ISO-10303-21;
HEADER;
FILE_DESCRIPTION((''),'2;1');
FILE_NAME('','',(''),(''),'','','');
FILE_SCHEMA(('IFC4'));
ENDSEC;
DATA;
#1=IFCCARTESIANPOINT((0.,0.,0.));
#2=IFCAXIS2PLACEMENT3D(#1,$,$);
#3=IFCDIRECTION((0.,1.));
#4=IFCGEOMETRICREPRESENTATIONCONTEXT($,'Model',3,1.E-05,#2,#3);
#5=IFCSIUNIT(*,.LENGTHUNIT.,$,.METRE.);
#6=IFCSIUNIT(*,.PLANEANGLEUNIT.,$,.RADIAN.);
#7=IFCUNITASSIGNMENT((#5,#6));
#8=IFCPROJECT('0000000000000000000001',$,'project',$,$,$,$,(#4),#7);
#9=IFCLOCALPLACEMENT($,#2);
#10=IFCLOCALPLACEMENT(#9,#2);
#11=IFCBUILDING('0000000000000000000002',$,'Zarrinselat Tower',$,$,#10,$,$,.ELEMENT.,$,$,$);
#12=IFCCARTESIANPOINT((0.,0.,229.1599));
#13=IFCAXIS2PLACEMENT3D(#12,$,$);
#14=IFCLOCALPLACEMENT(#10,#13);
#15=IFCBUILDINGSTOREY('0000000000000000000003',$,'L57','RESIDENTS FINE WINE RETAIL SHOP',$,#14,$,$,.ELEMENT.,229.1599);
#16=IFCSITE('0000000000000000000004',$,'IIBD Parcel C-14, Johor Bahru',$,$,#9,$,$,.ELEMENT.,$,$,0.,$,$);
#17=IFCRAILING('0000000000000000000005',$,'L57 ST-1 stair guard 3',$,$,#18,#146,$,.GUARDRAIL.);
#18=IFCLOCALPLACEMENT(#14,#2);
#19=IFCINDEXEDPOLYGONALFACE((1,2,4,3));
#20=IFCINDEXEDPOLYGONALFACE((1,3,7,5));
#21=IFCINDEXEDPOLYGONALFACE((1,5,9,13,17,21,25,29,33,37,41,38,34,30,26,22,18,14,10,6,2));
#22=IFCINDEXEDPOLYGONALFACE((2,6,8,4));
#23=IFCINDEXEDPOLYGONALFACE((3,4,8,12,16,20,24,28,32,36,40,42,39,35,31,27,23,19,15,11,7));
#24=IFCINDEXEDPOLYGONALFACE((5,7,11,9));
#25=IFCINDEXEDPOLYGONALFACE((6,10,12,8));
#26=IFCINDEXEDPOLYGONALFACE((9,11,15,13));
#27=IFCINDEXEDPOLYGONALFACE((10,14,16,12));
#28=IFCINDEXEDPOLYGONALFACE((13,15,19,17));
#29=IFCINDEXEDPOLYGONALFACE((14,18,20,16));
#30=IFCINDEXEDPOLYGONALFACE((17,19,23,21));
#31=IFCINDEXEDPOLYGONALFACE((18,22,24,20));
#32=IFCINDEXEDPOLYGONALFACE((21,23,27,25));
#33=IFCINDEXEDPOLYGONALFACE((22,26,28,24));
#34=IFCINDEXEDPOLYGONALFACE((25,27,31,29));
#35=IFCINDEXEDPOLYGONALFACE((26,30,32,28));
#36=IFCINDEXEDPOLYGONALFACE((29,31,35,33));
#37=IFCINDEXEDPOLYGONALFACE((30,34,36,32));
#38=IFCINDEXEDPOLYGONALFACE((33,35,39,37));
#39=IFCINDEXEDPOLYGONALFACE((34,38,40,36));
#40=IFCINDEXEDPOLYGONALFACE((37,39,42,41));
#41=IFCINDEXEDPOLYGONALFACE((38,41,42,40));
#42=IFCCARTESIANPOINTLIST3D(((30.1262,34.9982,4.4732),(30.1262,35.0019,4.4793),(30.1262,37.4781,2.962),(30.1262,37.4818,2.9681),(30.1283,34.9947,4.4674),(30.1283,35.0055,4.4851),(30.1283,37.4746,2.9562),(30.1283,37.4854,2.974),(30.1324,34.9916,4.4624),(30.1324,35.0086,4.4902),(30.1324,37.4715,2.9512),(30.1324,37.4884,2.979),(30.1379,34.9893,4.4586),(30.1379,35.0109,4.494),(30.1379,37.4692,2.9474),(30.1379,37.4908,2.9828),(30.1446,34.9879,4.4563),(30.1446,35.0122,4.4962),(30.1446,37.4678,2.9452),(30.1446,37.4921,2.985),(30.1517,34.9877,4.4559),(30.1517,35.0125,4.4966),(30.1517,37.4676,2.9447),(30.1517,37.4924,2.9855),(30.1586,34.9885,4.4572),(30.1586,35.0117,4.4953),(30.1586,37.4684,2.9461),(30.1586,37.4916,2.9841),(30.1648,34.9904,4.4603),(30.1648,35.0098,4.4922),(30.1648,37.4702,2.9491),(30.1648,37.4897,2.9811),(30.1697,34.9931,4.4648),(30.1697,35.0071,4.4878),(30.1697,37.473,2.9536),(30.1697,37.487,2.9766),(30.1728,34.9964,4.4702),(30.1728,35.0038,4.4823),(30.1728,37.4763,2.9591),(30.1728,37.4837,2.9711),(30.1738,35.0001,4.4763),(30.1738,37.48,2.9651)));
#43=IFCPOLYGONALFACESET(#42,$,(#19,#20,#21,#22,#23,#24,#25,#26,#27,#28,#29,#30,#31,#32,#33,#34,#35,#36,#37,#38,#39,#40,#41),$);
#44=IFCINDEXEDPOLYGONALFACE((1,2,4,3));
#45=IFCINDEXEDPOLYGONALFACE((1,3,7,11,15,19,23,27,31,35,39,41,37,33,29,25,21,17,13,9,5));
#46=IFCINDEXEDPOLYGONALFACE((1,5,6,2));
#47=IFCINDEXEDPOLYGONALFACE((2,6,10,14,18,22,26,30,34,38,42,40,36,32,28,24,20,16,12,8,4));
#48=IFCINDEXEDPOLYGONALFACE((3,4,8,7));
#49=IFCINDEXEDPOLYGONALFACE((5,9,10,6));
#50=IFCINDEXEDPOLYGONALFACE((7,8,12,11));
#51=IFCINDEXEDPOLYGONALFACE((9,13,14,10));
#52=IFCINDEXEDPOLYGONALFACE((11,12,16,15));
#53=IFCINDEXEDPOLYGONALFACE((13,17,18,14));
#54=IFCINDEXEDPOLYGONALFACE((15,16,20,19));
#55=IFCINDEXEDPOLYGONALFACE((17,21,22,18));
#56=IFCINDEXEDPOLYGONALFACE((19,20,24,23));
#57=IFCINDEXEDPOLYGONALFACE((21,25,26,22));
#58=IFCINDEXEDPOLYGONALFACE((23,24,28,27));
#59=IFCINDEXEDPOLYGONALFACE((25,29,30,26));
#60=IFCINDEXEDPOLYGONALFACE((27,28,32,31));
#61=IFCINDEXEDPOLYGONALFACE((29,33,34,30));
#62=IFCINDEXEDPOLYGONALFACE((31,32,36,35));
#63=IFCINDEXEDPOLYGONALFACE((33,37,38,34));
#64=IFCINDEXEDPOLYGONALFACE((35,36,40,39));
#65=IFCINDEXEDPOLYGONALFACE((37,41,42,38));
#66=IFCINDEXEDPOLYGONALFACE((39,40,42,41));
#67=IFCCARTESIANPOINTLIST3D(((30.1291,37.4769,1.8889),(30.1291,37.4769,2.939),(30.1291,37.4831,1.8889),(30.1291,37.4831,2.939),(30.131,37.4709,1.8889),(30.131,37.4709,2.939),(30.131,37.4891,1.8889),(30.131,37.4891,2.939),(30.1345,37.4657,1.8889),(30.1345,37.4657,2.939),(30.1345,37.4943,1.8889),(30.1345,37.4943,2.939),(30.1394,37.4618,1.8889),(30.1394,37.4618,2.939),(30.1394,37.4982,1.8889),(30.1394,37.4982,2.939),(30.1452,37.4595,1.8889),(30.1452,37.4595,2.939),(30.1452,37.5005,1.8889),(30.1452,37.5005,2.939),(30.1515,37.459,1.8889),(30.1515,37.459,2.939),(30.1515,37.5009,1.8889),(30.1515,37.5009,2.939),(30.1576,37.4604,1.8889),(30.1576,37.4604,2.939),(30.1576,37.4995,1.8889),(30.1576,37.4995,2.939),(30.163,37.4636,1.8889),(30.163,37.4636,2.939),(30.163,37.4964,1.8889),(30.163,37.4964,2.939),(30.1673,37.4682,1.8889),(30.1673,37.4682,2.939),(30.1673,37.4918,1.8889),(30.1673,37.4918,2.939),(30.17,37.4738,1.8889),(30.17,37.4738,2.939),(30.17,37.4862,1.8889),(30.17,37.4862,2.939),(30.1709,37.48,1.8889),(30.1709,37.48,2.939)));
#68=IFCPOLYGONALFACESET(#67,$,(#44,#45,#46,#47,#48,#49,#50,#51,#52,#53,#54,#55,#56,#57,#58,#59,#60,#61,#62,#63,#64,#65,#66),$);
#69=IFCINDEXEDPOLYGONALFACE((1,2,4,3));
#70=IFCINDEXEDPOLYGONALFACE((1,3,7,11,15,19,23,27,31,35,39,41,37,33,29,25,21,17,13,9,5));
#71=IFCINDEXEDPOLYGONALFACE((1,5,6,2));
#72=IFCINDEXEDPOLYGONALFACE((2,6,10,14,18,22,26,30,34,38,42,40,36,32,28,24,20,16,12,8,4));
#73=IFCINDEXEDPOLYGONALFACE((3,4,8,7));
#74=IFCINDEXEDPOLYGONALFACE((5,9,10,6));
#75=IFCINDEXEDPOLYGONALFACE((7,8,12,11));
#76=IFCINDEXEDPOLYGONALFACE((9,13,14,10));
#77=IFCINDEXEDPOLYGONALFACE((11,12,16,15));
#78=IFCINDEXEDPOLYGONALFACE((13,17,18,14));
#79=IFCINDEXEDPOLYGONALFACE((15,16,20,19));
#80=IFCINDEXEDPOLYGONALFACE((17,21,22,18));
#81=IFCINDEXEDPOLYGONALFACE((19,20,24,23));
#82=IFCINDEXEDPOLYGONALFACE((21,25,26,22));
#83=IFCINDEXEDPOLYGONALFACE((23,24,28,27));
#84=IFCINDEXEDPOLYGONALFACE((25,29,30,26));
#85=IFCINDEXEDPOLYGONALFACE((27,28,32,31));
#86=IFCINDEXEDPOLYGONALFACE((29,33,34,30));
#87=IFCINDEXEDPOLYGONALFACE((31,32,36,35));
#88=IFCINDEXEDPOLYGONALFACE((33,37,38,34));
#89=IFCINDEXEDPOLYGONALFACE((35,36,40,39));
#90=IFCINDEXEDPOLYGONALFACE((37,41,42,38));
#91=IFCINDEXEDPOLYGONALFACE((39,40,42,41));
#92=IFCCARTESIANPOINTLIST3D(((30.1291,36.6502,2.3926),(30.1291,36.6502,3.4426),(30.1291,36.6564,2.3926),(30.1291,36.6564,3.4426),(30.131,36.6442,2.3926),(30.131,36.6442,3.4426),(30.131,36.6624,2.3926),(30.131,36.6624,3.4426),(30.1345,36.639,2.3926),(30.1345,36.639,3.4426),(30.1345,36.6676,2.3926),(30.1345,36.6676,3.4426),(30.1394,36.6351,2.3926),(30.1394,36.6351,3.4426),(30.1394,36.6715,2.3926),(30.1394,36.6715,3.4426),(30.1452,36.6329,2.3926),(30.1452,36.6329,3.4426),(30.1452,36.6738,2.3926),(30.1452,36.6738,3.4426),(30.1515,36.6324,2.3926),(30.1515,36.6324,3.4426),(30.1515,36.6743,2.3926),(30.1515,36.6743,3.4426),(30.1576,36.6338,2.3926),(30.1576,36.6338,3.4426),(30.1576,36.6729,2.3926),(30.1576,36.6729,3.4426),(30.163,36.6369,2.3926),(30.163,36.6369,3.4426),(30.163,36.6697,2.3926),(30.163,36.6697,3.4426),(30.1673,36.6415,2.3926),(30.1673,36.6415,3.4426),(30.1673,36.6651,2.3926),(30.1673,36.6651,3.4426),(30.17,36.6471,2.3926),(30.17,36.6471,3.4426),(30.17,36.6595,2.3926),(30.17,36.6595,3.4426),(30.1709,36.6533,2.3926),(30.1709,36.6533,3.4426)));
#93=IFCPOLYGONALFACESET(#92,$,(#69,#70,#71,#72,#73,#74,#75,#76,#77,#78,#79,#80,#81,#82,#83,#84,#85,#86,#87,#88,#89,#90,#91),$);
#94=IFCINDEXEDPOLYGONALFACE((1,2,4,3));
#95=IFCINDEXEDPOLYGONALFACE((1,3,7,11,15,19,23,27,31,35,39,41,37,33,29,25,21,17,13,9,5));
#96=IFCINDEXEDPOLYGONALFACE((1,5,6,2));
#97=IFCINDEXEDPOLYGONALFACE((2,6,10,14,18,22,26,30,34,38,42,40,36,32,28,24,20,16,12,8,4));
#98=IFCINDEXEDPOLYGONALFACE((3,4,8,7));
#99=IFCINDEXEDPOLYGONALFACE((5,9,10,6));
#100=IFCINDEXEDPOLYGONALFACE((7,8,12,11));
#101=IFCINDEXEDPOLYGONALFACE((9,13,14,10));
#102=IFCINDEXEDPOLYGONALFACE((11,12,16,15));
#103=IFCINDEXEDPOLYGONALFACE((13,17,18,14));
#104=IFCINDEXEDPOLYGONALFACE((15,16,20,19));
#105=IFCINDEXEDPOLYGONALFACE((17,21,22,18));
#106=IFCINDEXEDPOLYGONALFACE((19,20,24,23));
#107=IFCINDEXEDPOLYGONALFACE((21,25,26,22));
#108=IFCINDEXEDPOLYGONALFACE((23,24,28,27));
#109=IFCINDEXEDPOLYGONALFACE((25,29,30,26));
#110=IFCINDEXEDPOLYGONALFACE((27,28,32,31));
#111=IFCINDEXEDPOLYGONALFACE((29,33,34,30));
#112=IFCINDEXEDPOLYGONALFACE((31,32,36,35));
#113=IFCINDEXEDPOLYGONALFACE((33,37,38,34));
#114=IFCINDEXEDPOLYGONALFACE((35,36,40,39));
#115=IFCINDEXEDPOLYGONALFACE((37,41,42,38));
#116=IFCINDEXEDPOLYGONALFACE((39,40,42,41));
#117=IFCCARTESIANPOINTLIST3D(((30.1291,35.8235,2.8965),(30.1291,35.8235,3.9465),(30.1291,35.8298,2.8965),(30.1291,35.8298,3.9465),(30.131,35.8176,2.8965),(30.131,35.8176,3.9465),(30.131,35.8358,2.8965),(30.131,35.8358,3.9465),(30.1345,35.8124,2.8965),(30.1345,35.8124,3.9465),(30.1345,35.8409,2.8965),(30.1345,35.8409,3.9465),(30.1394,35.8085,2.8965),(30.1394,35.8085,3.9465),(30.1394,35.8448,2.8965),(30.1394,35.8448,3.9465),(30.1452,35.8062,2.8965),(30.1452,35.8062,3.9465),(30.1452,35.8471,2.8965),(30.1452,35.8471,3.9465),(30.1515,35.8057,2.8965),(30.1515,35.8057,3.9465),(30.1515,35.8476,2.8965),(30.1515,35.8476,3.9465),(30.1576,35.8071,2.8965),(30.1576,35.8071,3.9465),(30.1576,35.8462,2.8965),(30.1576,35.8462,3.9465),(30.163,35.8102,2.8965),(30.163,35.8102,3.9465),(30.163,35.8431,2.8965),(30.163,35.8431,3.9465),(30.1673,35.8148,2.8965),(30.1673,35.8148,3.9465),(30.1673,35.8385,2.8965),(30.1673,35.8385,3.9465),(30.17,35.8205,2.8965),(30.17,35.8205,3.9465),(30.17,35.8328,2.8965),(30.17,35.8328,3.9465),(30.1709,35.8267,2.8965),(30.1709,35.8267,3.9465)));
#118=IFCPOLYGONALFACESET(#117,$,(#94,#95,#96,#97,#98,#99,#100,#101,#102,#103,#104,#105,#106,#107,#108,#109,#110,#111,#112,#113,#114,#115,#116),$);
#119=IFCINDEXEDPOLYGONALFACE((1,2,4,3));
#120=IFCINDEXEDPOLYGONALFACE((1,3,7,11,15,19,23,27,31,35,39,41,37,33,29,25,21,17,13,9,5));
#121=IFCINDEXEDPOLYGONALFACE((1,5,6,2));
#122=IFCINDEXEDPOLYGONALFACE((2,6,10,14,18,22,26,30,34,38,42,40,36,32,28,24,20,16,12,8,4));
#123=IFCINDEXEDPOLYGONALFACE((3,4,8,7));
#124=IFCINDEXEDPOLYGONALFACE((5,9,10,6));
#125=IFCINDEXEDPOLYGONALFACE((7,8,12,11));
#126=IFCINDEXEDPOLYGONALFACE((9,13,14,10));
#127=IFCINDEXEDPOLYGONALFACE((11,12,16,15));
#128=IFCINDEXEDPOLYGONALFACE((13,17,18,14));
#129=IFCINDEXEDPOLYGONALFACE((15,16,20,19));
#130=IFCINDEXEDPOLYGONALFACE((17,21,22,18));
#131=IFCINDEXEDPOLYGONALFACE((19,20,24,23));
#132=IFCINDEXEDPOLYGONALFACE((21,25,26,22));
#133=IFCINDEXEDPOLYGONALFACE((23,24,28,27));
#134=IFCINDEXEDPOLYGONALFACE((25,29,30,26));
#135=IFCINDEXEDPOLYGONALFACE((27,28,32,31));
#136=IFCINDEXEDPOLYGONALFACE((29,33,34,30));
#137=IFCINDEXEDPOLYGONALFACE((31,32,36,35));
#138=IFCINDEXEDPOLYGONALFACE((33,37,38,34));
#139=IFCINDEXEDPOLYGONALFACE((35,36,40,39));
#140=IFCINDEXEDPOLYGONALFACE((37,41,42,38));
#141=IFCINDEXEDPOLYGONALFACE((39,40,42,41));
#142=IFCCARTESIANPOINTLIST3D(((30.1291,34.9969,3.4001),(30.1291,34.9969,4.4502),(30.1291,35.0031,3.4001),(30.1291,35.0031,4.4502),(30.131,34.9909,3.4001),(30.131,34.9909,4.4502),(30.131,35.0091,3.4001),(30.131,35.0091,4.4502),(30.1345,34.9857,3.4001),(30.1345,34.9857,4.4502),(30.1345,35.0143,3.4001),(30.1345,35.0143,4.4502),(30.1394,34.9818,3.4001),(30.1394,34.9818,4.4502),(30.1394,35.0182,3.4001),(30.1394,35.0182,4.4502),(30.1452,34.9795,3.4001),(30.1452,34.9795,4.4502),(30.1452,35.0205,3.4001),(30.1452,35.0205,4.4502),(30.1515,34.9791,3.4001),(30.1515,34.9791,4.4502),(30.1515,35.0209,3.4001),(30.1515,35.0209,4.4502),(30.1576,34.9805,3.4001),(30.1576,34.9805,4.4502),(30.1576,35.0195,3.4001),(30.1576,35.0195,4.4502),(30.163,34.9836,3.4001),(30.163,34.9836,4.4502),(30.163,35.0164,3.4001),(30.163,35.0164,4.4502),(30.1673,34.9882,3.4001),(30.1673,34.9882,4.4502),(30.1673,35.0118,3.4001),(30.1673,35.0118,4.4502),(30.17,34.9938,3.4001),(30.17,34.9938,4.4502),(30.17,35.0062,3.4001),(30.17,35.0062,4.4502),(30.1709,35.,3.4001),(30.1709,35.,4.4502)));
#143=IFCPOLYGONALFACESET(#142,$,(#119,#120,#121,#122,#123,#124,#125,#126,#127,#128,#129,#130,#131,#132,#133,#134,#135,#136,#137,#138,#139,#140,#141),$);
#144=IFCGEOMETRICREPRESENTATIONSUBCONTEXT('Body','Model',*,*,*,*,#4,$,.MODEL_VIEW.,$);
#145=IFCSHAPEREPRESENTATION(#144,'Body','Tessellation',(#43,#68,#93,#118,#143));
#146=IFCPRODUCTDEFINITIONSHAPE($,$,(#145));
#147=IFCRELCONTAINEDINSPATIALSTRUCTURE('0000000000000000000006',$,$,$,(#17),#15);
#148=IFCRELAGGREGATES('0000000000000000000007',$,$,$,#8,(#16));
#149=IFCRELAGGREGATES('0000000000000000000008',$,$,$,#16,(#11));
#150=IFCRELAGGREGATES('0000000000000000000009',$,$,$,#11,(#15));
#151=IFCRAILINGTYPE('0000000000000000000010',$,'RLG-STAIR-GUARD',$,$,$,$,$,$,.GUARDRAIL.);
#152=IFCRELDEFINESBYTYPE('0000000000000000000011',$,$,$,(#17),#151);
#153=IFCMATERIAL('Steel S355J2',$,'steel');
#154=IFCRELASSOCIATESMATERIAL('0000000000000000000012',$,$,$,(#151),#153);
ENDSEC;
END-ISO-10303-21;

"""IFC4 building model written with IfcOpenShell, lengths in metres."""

from ifc_helpers import new_model, si_unit, direction, frame, origin, origin_2d, place, context, subcontext, project, spatial, circle, extrude, material, type_object, element, save


model = new_model("IFC4")

# Units and contexts
model_context = context("Model", 3, precision=1e-05, world=origin(), true_north=direction((0.0, 1.0)))
body_context = subcontext(model_context, "Body", "Model", "MODEL_VIEW")
ifc_project = project(units=[si_unit("LENGTHUNIT", "METRE"), si_unit("PLANEANGLEUNIT", "RADIAN")], contexts=[model_context])

# Site, building, storey
site_placement = place(None, origin())
site = spatial("IfcSite", under=ifc_project, at=site_placement, Name="IIBD Parcel C-14, Johor Bahru", CompositionType="ELEMENT", RefElevation=0.0)
building_placement = place(site_placement, origin())
building = spatial("IfcBuilding", under=site, at=building_placement, Name="Zarrinselat Tower", CompositionType="ELEMENT")
storey_placement = place(building_placement, frame((0.0, 0.0, 229.1599)))
storey = spatial("IfcBuildingStorey", under=building, at=storey_placement, Name="L57", Description="RESIDENTS FINE WINE RETAIL SHOP", CompositionType="ELEMENT", Elevation=229.1599)

# Railing
ifc_material_1 = material(Name="Steel S355J2", Category="steel")
railing_type_1 = type_object("IfcRailingType", Name="RLG-STAIR-GUARD", PredefinedType="GUARDRAIL", material=ifc_material_1)
railing_1_placement = place(storey_placement, frame((30.1499, 37.48, 1.8889)))
element("IfcRailing", 1, at=railing_1_placement, inside=storey, type_object=railing_type_1, Name="L57 ST-1 stair guard 3", PredefinedType="GUARDRAIL", context=body_context, shape_type="SweptSolid", body=[
    extrude(circle(Radius=0.0239, at=origin_2d()), frame((0.0, 0.0, 1.0762), z_axis=(0.0, -0.853942, 0.520368), x_axis=(1.0, 0.0, 0.0)), (0.0, 0.0, 1.0), 2.9041),
    extrude(circle(Radius=0.021, at=origin_2d()), origin(), (0.0, 0.0, 1.0), 1.05),
    extrude(circle(Radius=0.021, at=origin_2d()), frame((0.0, -0.8267, 0.5037)), (0.0, 0.0, 1.0), 1.05),
    extrude(circle(Radius=0.021, at=origin_2d()), frame((0.0, -1.6533, 1.0076)), (0.0, 0.0, 1.0), 1.05),
    extrude(circle(Radius=0.021, at=origin_2d()), frame((0.0, -2.48, 1.5112)), (0.0, 0.0, 1.0), 1.05),
])

save(model, "model.ifc")
